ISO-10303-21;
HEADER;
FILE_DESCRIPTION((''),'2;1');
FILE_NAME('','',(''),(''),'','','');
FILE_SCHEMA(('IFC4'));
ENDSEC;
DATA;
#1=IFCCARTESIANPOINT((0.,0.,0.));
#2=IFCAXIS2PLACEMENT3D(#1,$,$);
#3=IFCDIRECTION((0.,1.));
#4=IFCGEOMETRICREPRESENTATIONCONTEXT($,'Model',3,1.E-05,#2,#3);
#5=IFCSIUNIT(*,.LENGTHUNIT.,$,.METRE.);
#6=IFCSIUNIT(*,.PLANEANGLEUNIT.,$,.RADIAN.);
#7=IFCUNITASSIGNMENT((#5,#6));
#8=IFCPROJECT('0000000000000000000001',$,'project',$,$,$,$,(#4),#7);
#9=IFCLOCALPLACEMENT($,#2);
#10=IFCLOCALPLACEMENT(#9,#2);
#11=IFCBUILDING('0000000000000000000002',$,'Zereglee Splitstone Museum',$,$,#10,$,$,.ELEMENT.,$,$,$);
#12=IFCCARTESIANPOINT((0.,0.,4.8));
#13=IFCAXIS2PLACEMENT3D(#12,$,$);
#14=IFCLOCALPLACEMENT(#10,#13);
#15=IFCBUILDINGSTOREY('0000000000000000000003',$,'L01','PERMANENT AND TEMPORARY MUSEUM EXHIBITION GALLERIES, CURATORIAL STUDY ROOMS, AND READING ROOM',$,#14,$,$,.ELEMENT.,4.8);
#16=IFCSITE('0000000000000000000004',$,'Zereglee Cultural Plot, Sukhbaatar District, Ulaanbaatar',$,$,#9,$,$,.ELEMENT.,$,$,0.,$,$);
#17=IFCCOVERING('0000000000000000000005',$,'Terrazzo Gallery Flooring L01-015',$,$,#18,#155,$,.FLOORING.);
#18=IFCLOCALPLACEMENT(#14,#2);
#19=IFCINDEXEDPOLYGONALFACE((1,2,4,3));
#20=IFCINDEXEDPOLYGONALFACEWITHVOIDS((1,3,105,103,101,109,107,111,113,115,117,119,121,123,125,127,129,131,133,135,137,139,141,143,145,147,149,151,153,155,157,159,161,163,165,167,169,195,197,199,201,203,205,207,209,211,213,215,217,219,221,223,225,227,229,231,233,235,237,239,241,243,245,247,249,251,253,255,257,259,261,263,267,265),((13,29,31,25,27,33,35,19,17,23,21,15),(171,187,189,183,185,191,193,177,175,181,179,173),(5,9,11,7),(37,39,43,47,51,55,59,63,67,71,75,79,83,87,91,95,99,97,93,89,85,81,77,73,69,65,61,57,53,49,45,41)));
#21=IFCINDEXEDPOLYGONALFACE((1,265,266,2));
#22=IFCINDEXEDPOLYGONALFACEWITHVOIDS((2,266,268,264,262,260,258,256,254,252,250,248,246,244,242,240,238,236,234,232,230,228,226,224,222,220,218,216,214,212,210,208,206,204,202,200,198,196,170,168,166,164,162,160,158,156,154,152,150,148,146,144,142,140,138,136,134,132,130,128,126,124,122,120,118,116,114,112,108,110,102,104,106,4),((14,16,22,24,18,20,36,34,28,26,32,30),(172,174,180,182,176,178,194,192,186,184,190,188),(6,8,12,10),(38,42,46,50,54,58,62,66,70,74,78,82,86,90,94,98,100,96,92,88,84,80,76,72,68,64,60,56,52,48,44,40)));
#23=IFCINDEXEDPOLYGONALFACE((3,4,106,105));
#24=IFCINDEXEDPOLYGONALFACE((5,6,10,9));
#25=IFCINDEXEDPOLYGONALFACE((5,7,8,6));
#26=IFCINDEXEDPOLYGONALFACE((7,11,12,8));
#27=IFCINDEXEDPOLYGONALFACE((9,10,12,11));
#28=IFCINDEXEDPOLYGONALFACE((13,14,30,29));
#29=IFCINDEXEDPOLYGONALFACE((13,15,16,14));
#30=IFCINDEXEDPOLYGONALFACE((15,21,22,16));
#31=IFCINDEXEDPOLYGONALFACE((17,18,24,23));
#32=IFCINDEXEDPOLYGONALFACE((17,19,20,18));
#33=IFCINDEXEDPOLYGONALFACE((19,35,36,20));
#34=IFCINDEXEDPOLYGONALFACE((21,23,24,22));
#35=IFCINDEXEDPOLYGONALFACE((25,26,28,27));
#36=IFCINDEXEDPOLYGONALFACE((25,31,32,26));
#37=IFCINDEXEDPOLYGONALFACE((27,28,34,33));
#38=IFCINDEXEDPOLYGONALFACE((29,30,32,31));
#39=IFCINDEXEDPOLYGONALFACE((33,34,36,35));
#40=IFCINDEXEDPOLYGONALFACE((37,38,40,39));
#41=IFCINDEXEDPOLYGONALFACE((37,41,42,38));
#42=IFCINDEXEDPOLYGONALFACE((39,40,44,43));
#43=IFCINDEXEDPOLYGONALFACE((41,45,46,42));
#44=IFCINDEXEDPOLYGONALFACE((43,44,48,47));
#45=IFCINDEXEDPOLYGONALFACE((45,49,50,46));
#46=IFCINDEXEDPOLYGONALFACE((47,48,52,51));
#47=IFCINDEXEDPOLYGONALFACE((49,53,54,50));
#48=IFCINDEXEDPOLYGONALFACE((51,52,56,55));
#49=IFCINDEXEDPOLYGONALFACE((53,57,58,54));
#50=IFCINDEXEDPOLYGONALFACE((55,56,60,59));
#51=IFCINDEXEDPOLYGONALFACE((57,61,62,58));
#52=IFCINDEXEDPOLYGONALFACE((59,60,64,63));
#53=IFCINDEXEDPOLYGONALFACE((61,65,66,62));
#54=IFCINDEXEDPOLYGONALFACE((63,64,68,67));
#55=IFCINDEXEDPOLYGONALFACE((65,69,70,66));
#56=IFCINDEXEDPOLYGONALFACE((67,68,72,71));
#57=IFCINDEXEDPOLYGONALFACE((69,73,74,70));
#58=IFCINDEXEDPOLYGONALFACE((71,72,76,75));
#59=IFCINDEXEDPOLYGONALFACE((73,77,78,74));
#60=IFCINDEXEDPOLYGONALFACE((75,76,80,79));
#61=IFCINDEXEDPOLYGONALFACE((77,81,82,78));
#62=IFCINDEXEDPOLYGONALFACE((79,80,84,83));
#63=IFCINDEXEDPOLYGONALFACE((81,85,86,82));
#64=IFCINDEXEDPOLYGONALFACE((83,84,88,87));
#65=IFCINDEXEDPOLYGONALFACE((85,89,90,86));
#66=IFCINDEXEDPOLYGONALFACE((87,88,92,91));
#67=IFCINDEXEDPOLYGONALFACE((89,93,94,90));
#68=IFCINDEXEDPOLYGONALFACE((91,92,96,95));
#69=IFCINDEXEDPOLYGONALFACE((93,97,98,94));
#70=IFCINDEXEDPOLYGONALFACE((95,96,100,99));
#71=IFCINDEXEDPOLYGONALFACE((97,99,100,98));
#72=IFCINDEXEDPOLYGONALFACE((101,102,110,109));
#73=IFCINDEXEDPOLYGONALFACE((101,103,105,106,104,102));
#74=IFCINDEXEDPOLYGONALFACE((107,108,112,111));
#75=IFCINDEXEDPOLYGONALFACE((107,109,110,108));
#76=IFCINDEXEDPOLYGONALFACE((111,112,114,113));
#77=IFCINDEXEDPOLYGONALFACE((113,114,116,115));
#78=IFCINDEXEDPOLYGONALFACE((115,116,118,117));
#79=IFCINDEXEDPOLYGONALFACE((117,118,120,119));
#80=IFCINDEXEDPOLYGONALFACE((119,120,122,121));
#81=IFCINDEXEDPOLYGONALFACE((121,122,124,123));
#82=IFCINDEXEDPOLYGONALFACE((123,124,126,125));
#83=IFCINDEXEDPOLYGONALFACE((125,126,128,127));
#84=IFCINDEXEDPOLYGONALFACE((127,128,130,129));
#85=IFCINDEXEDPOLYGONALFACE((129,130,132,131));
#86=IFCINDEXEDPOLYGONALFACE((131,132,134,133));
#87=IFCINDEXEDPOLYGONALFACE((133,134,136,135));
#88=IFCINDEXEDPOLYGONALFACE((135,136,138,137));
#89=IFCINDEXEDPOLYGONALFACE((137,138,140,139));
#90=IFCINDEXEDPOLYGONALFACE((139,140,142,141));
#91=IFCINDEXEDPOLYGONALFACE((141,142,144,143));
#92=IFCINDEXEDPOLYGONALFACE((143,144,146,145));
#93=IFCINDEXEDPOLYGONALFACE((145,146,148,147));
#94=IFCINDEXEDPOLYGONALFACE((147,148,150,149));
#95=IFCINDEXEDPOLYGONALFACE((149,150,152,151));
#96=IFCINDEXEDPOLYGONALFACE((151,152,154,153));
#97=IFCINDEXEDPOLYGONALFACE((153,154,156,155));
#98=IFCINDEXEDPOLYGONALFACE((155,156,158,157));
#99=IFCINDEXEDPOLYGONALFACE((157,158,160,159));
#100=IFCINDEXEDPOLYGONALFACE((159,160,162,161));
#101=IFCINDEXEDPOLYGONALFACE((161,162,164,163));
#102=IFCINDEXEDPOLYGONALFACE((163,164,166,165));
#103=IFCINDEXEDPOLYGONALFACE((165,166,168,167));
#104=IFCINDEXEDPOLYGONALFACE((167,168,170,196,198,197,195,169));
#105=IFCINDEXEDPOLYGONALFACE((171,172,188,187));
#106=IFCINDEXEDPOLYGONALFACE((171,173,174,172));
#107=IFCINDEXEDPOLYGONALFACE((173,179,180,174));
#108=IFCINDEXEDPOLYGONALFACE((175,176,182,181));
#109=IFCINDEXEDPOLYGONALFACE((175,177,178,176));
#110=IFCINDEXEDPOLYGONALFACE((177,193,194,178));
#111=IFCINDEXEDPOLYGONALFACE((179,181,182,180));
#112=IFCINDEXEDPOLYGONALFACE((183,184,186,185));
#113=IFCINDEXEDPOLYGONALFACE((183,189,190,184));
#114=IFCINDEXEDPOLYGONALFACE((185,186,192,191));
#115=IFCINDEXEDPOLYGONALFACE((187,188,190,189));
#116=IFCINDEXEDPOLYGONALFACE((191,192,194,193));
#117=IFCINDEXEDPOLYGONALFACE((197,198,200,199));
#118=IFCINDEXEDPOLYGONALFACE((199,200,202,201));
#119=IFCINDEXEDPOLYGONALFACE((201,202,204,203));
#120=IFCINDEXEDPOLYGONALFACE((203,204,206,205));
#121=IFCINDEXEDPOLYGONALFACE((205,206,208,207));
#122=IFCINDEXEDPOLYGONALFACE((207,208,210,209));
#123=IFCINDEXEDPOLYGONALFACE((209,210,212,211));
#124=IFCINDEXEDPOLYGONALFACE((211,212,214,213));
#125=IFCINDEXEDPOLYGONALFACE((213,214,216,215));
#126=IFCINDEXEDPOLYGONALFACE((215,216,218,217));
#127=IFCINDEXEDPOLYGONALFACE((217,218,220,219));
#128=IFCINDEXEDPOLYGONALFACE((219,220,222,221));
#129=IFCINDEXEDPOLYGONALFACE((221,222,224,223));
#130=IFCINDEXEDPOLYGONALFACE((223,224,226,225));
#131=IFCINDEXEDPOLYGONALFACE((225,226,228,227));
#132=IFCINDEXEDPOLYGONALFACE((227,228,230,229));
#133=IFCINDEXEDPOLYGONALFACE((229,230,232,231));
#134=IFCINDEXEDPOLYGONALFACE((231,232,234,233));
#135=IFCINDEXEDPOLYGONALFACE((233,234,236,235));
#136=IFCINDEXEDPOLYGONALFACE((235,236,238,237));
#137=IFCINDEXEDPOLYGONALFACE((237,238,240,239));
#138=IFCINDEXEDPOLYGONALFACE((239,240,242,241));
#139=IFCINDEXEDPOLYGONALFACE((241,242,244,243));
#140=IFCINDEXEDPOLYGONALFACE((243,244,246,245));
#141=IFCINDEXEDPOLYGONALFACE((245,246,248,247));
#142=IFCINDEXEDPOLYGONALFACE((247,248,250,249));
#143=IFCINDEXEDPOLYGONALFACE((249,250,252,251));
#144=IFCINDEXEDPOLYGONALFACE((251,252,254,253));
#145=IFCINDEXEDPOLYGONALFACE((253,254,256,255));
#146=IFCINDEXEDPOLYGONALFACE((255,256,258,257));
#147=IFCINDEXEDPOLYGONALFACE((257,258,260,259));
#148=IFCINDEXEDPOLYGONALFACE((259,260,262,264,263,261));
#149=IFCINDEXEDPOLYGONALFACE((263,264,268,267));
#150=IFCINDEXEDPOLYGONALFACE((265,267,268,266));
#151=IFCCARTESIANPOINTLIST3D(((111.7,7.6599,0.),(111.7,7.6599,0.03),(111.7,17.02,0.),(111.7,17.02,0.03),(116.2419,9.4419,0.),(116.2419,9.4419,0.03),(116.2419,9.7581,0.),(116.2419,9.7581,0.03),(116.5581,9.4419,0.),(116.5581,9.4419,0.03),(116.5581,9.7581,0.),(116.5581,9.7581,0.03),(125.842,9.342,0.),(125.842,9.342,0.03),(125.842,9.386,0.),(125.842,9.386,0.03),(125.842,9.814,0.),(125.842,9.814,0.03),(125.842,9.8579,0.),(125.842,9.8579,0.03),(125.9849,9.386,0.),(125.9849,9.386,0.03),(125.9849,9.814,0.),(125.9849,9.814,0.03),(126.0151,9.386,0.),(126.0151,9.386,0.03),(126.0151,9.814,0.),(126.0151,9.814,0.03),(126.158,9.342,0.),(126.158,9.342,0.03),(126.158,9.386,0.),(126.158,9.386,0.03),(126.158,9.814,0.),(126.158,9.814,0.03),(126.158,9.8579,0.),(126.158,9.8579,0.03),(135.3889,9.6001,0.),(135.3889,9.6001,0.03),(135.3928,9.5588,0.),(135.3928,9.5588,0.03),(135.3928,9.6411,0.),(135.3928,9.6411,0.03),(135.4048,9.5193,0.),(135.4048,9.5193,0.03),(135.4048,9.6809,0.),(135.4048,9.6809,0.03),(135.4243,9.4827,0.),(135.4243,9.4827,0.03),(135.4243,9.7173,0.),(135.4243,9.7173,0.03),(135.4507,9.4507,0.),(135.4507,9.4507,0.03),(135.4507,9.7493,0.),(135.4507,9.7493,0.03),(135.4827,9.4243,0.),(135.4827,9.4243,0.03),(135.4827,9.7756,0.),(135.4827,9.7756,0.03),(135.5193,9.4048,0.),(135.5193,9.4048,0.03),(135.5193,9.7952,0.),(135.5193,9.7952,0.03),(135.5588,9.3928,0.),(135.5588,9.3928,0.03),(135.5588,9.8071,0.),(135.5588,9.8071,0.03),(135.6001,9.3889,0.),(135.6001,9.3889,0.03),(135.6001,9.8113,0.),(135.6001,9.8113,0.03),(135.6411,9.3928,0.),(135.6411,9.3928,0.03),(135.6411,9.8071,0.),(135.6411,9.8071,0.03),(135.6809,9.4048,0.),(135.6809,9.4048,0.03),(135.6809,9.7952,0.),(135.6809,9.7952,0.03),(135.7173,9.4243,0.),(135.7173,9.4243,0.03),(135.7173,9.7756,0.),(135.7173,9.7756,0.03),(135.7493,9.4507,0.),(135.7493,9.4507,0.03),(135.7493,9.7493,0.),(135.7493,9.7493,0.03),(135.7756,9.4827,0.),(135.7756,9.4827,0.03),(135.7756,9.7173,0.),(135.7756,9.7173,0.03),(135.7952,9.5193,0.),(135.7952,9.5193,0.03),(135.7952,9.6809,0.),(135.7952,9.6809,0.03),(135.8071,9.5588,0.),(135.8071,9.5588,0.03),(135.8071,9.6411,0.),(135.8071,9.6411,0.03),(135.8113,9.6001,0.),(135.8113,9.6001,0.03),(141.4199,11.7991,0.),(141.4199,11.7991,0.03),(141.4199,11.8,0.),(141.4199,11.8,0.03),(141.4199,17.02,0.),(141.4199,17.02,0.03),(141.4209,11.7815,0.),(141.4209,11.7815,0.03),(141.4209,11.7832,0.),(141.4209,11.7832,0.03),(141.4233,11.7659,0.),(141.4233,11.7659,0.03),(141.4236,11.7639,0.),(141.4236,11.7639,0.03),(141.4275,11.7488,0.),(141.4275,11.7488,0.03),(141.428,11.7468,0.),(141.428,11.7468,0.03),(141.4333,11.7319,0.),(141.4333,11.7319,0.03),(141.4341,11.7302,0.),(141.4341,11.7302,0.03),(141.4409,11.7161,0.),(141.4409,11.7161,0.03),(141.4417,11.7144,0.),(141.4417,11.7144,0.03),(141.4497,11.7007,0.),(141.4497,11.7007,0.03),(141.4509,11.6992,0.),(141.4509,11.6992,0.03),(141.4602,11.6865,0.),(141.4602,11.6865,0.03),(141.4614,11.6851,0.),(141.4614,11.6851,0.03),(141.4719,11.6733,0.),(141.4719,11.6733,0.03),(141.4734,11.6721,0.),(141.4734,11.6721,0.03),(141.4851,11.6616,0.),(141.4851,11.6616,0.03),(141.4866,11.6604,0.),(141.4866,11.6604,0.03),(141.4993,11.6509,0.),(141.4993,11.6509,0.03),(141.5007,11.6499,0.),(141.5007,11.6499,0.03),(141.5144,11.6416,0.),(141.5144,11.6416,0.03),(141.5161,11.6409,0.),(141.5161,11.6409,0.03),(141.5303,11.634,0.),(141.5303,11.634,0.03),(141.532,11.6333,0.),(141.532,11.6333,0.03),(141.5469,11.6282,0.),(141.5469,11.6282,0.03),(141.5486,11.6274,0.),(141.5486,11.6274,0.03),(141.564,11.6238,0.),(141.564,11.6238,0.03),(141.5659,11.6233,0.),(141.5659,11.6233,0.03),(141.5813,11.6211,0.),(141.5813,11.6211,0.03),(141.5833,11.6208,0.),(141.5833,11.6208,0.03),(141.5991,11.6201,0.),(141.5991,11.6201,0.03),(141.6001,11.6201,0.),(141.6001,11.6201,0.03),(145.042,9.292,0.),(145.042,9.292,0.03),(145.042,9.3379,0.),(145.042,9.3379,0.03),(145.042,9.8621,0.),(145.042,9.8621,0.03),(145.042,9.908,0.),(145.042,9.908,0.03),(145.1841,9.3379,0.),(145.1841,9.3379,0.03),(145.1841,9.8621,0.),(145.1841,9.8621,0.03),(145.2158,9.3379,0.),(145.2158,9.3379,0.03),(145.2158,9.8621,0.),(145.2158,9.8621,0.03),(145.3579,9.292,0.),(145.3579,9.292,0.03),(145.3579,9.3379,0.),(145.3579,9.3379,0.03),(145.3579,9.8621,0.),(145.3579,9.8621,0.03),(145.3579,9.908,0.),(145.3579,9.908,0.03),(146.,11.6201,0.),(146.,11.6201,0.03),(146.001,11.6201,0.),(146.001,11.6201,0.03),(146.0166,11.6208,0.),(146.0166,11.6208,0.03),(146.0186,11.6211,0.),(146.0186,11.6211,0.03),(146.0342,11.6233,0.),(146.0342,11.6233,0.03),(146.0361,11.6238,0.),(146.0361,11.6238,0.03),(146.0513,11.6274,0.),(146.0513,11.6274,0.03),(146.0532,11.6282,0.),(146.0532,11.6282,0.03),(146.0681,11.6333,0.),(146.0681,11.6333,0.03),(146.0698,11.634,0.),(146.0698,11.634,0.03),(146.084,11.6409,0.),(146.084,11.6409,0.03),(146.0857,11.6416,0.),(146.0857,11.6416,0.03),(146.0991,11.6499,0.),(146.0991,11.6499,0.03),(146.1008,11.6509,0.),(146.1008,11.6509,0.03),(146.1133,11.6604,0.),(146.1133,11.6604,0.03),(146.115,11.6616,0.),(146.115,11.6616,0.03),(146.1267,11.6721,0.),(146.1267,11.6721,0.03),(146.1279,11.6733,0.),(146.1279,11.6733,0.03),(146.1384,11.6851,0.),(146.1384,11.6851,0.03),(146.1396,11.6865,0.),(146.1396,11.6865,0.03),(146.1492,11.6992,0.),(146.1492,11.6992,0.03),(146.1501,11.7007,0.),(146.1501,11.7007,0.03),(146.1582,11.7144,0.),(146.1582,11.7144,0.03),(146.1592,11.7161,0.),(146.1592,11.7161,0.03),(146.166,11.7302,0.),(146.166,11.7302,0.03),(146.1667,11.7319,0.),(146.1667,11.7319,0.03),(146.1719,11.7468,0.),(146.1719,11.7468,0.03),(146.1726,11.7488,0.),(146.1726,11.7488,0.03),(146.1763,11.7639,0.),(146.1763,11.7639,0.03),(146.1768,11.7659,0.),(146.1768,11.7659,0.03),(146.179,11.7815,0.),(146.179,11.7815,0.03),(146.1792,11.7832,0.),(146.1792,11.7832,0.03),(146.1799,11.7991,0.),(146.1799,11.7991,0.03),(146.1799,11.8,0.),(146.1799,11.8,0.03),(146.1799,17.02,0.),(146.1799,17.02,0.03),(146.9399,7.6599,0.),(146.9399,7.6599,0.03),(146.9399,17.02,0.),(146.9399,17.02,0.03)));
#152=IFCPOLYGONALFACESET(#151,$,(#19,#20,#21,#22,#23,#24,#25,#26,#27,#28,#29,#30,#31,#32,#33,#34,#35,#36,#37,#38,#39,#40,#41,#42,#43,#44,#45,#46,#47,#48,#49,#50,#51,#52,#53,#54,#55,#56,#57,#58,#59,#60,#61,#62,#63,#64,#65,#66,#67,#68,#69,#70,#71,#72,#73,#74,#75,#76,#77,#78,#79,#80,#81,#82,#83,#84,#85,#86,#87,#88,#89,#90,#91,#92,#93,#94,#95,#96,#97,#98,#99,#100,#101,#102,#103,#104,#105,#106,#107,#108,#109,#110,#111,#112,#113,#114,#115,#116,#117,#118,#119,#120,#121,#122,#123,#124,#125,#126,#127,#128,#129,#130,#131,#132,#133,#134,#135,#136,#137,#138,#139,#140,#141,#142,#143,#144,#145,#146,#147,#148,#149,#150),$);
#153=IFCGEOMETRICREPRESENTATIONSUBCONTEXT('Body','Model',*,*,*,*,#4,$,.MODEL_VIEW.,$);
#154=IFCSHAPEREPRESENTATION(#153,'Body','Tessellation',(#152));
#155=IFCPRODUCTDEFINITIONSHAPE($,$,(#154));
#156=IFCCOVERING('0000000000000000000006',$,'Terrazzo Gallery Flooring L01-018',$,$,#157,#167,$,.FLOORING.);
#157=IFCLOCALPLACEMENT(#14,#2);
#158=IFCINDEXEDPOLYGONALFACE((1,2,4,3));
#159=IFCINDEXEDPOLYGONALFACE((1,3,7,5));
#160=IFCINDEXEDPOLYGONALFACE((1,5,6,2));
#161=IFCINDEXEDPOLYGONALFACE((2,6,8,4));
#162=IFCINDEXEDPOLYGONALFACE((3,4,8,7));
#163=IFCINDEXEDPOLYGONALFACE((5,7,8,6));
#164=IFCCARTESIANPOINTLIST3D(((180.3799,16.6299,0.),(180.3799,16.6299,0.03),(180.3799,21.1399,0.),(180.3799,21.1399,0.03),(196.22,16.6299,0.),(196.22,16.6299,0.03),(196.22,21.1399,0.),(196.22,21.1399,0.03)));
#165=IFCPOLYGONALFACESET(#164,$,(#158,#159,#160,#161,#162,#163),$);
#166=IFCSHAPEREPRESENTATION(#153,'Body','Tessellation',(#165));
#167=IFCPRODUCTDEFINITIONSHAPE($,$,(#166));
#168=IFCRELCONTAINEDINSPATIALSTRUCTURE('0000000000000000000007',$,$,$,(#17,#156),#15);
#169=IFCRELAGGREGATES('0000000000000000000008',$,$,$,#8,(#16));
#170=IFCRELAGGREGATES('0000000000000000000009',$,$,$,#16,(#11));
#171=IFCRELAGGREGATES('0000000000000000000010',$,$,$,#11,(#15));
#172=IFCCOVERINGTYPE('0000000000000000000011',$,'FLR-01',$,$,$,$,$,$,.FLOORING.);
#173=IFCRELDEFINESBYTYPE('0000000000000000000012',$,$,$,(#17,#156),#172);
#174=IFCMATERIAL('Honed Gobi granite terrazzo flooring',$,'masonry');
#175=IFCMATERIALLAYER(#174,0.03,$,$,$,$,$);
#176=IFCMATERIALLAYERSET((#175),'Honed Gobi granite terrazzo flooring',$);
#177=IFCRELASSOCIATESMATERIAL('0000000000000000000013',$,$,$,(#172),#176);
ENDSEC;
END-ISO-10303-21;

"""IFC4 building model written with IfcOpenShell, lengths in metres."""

from ifc_helpers import new_model, si_unit, direction, frame, origin, place, context, subcontext, project, spatial, polyline, outline, extrude, material, layer, layer_set, type_object, element, save


model = new_model("IFC4")

# Units and contexts
model_context = context("Model", 3, precision=1e-05, world=origin(), true_north=direction((0.0, 1.0)))
body_context = subcontext(model_context, "Body", "Model", "MODEL_VIEW")
ifc_project = project(units=[si_unit("LENGTHUNIT", "METRE"), si_unit("PLANEANGLEUNIT", "RADIAN")], contexts=[model_context])

# Site, building, storey
site_placement = place(None, origin())
site = spatial("IfcSite", under=ifc_project, at=site_placement, Name="Zereglee Cultural Plot, Sukhbaatar District, Ulaanbaatar", CompositionType="ELEMENT", RefElevation=0.0)
building_placement = place(site_placement, origin())
building = spatial("IfcBuilding", under=site, at=building_placement, Name="Zereglee Splitstone Museum", CompositionType="ELEMENT")
storey_placement = place(building_placement, frame((0.0, 0.0, 4.8)))
storey = spatial("IfcBuildingStorey", under=building, at=storey_placement, Name="L01", Description="PERMANENT AND TEMPORARY MUSEUM EXHIBITION GALLERIES, CURATORIAL STUDY ROOMS, AND READING ROOM", CompositionType="ELEMENT", Elevation=4.8)

# Coverings
ifc_material_1 = material(Name="Honed Gobi granite terrazzo flooring", Category="masonry")
ifc_layer_1 = layer(ifc_material_1, 0.03)
ifc_layer_set_1 = layer_set([ifc_layer_1], Name="Honed Gobi granite terrazzo flooring")
covering_type_1 = type_object("IfcCoveringType", Name="FLR-01", PredefinedType="FLOORING", material=ifc_layer_set_1)
covering_1_placement = place(storey_placement, origin())
element("IfcCovering", 1, at=covering_1_placement, inside=storey, type_object=covering_type_1, Name="Terrazzo Gallery Flooring L01-015", PredefinedType="FLOORING", context=body_context, shape_type="SweptSolid", body=[
    extrude(outline(polyline([(111.7, 17.02), (141.4199, 17.02), (141.4199, 11.8), (141.4199, 11.7991), (141.4209, 11.7832), (141.4209, 11.7815), (141.4233, 11.7659), (141.4236, 11.7639), (141.4275, 11.7488), (141.428, 11.7468), (141.4333, 11.7319), (141.4341, 11.7302), (141.4409, 11.7161), (141.4417, 11.7144), (141.4497, 11.7007), (141.4509, 11.6992), (141.4602, 11.6865), (141.4614, 11.6851), (141.4719, 11.6733), (141.4734, 11.6721), (141.4851, 11.6616), (141.4866, 11.6604), (141.4993, 11.6509), (141.5007, 11.6499), (141.5144, 11.6416), (141.5161, 11.6409), (141.5303, 11.634), (141.532, 11.6333), (141.5469, 11.6282), (141.5486, 11.6274), (141.564, 11.6238), (141.5659, 11.6233), (141.5813, 11.6211), (141.5833, 11.6208), (141.5991, 11.6201), (141.6001, 11.6201), (146.0, 11.6201), (146.001, 11.6201), (146.0166, 11.6208), (146.0186, 11.6211), (146.0342, 11.6233), (146.0361, 11.6238), (146.0513, 11.6274), (146.0532, 11.6282), (146.0681, 11.6333), (146.0698, 11.634), (146.084, 11.6409), (146.0857, 11.6416), (146.0991, 11.6499), (146.1008, 11.6509), (146.1133, 11.6604), (146.115, 11.6616), (146.1267, 11.6721), (146.1279, 11.6733), (146.1384, 11.6851), (146.1396, 11.6865), (146.1492, 11.6992), (146.1501, 11.7007), (146.1582, 11.7144), (146.1592, 11.7161), (146.166, 11.7302), (146.1667, 11.7319), (146.1719, 11.7468), (146.1726, 11.7488), (146.1763, 11.7639), (146.1768, 11.7659), (146.179, 11.7815), (146.1792, 11.7832), (146.1799, 11.7991), (146.1799, 11.8), (146.1799, 17.02), (146.9399, 17.02), (146.9399, 7.6599), (111.7, 7.6599), (111.7, 17.02)]), holes=[polyline([(145.3579, 9.908), (145.042, 9.908), (145.042, 9.8621), (145.1841, 9.8621), (145.1841, 9.3379), (145.042, 9.3379), (145.042, 9.292), (145.3579, 9.292), (145.3579, 9.3379), (145.2158, 9.3379), (145.2158, 9.8621), (145.3579, 9.8621), (145.3579, 9.908)]), polyline([(135.6411, 9.3928), (135.6809, 9.4048), (135.7173, 9.4243), (135.7493, 9.4507), (135.7756, 9.4827), (135.7952, 9.5193), (135.8071, 9.5588), (135.8113, 9.6001), (135.8071, 9.6411), (135.7952, 9.6809), (135.7756, 9.7173), (135.7493, 9.7493), (135.7173, 9.7756), (135.6809, 9.7952), (135.6411, 9.8071), (135.6001, 9.8113), (135.5588, 9.8071), (135.5193, 9.7952), (135.4827, 9.7756), (135.4507, 9.7493), (135.4243, 9.7173), (135.4048, 9.6809), (135.3928, 9.6411), (135.3889, 9.6001), (135.3928, 9.5588), (135.4048, 9.5193), (135.4243, 9.4827), (135.4507, 9.4507), (135.4827, 9.4243), (135.5193, 9.4048), (135.5588, 9.3928), (135.6001, 9.3889), (135.6411, 9.3928)]), polyline([(126.158, 9.814), (126.158, 9.8579), (125.842, 9.8579), (125.842, 9.814), (125.9849, 9.814), (125.9849, 9.386), (125.842, 9.386), (125.842, 9.342), (126.158, 9.342), (126.158, 9.386), (126.0151, 9.386), (126.0151, 9.814), (126.158, 9.814)]), polyline([(116.2419, 9.7581), (116.2419, 9.4419), (116.5581, 9.4419), (116.5581, 9.7581), (116.2419, 9.7581)])]), origin(), (0.0, 0.0, 1.0), 0.03),
])
covering_2_placement = place(storey_placement, origin())
element("IfcCovering", 2, at=covering_2_placement, inside=storey, type_object=covering_type_1, Name="Terrazzo Gallery Flooring L01-018", PredefinedType="FLOORING", context=body_context, shape_type="SweptSolid", body=[
    extrude(outline(polyline([(196.22, 16.6299), (180.3799, 16.6299), (180.3799, 21.1399), (196.22, 21.1399), (196.22, 16.6299)])), origin(), (0.0, 0.0, 1.0), 0.03),
])

save(model, "model.ifc")
